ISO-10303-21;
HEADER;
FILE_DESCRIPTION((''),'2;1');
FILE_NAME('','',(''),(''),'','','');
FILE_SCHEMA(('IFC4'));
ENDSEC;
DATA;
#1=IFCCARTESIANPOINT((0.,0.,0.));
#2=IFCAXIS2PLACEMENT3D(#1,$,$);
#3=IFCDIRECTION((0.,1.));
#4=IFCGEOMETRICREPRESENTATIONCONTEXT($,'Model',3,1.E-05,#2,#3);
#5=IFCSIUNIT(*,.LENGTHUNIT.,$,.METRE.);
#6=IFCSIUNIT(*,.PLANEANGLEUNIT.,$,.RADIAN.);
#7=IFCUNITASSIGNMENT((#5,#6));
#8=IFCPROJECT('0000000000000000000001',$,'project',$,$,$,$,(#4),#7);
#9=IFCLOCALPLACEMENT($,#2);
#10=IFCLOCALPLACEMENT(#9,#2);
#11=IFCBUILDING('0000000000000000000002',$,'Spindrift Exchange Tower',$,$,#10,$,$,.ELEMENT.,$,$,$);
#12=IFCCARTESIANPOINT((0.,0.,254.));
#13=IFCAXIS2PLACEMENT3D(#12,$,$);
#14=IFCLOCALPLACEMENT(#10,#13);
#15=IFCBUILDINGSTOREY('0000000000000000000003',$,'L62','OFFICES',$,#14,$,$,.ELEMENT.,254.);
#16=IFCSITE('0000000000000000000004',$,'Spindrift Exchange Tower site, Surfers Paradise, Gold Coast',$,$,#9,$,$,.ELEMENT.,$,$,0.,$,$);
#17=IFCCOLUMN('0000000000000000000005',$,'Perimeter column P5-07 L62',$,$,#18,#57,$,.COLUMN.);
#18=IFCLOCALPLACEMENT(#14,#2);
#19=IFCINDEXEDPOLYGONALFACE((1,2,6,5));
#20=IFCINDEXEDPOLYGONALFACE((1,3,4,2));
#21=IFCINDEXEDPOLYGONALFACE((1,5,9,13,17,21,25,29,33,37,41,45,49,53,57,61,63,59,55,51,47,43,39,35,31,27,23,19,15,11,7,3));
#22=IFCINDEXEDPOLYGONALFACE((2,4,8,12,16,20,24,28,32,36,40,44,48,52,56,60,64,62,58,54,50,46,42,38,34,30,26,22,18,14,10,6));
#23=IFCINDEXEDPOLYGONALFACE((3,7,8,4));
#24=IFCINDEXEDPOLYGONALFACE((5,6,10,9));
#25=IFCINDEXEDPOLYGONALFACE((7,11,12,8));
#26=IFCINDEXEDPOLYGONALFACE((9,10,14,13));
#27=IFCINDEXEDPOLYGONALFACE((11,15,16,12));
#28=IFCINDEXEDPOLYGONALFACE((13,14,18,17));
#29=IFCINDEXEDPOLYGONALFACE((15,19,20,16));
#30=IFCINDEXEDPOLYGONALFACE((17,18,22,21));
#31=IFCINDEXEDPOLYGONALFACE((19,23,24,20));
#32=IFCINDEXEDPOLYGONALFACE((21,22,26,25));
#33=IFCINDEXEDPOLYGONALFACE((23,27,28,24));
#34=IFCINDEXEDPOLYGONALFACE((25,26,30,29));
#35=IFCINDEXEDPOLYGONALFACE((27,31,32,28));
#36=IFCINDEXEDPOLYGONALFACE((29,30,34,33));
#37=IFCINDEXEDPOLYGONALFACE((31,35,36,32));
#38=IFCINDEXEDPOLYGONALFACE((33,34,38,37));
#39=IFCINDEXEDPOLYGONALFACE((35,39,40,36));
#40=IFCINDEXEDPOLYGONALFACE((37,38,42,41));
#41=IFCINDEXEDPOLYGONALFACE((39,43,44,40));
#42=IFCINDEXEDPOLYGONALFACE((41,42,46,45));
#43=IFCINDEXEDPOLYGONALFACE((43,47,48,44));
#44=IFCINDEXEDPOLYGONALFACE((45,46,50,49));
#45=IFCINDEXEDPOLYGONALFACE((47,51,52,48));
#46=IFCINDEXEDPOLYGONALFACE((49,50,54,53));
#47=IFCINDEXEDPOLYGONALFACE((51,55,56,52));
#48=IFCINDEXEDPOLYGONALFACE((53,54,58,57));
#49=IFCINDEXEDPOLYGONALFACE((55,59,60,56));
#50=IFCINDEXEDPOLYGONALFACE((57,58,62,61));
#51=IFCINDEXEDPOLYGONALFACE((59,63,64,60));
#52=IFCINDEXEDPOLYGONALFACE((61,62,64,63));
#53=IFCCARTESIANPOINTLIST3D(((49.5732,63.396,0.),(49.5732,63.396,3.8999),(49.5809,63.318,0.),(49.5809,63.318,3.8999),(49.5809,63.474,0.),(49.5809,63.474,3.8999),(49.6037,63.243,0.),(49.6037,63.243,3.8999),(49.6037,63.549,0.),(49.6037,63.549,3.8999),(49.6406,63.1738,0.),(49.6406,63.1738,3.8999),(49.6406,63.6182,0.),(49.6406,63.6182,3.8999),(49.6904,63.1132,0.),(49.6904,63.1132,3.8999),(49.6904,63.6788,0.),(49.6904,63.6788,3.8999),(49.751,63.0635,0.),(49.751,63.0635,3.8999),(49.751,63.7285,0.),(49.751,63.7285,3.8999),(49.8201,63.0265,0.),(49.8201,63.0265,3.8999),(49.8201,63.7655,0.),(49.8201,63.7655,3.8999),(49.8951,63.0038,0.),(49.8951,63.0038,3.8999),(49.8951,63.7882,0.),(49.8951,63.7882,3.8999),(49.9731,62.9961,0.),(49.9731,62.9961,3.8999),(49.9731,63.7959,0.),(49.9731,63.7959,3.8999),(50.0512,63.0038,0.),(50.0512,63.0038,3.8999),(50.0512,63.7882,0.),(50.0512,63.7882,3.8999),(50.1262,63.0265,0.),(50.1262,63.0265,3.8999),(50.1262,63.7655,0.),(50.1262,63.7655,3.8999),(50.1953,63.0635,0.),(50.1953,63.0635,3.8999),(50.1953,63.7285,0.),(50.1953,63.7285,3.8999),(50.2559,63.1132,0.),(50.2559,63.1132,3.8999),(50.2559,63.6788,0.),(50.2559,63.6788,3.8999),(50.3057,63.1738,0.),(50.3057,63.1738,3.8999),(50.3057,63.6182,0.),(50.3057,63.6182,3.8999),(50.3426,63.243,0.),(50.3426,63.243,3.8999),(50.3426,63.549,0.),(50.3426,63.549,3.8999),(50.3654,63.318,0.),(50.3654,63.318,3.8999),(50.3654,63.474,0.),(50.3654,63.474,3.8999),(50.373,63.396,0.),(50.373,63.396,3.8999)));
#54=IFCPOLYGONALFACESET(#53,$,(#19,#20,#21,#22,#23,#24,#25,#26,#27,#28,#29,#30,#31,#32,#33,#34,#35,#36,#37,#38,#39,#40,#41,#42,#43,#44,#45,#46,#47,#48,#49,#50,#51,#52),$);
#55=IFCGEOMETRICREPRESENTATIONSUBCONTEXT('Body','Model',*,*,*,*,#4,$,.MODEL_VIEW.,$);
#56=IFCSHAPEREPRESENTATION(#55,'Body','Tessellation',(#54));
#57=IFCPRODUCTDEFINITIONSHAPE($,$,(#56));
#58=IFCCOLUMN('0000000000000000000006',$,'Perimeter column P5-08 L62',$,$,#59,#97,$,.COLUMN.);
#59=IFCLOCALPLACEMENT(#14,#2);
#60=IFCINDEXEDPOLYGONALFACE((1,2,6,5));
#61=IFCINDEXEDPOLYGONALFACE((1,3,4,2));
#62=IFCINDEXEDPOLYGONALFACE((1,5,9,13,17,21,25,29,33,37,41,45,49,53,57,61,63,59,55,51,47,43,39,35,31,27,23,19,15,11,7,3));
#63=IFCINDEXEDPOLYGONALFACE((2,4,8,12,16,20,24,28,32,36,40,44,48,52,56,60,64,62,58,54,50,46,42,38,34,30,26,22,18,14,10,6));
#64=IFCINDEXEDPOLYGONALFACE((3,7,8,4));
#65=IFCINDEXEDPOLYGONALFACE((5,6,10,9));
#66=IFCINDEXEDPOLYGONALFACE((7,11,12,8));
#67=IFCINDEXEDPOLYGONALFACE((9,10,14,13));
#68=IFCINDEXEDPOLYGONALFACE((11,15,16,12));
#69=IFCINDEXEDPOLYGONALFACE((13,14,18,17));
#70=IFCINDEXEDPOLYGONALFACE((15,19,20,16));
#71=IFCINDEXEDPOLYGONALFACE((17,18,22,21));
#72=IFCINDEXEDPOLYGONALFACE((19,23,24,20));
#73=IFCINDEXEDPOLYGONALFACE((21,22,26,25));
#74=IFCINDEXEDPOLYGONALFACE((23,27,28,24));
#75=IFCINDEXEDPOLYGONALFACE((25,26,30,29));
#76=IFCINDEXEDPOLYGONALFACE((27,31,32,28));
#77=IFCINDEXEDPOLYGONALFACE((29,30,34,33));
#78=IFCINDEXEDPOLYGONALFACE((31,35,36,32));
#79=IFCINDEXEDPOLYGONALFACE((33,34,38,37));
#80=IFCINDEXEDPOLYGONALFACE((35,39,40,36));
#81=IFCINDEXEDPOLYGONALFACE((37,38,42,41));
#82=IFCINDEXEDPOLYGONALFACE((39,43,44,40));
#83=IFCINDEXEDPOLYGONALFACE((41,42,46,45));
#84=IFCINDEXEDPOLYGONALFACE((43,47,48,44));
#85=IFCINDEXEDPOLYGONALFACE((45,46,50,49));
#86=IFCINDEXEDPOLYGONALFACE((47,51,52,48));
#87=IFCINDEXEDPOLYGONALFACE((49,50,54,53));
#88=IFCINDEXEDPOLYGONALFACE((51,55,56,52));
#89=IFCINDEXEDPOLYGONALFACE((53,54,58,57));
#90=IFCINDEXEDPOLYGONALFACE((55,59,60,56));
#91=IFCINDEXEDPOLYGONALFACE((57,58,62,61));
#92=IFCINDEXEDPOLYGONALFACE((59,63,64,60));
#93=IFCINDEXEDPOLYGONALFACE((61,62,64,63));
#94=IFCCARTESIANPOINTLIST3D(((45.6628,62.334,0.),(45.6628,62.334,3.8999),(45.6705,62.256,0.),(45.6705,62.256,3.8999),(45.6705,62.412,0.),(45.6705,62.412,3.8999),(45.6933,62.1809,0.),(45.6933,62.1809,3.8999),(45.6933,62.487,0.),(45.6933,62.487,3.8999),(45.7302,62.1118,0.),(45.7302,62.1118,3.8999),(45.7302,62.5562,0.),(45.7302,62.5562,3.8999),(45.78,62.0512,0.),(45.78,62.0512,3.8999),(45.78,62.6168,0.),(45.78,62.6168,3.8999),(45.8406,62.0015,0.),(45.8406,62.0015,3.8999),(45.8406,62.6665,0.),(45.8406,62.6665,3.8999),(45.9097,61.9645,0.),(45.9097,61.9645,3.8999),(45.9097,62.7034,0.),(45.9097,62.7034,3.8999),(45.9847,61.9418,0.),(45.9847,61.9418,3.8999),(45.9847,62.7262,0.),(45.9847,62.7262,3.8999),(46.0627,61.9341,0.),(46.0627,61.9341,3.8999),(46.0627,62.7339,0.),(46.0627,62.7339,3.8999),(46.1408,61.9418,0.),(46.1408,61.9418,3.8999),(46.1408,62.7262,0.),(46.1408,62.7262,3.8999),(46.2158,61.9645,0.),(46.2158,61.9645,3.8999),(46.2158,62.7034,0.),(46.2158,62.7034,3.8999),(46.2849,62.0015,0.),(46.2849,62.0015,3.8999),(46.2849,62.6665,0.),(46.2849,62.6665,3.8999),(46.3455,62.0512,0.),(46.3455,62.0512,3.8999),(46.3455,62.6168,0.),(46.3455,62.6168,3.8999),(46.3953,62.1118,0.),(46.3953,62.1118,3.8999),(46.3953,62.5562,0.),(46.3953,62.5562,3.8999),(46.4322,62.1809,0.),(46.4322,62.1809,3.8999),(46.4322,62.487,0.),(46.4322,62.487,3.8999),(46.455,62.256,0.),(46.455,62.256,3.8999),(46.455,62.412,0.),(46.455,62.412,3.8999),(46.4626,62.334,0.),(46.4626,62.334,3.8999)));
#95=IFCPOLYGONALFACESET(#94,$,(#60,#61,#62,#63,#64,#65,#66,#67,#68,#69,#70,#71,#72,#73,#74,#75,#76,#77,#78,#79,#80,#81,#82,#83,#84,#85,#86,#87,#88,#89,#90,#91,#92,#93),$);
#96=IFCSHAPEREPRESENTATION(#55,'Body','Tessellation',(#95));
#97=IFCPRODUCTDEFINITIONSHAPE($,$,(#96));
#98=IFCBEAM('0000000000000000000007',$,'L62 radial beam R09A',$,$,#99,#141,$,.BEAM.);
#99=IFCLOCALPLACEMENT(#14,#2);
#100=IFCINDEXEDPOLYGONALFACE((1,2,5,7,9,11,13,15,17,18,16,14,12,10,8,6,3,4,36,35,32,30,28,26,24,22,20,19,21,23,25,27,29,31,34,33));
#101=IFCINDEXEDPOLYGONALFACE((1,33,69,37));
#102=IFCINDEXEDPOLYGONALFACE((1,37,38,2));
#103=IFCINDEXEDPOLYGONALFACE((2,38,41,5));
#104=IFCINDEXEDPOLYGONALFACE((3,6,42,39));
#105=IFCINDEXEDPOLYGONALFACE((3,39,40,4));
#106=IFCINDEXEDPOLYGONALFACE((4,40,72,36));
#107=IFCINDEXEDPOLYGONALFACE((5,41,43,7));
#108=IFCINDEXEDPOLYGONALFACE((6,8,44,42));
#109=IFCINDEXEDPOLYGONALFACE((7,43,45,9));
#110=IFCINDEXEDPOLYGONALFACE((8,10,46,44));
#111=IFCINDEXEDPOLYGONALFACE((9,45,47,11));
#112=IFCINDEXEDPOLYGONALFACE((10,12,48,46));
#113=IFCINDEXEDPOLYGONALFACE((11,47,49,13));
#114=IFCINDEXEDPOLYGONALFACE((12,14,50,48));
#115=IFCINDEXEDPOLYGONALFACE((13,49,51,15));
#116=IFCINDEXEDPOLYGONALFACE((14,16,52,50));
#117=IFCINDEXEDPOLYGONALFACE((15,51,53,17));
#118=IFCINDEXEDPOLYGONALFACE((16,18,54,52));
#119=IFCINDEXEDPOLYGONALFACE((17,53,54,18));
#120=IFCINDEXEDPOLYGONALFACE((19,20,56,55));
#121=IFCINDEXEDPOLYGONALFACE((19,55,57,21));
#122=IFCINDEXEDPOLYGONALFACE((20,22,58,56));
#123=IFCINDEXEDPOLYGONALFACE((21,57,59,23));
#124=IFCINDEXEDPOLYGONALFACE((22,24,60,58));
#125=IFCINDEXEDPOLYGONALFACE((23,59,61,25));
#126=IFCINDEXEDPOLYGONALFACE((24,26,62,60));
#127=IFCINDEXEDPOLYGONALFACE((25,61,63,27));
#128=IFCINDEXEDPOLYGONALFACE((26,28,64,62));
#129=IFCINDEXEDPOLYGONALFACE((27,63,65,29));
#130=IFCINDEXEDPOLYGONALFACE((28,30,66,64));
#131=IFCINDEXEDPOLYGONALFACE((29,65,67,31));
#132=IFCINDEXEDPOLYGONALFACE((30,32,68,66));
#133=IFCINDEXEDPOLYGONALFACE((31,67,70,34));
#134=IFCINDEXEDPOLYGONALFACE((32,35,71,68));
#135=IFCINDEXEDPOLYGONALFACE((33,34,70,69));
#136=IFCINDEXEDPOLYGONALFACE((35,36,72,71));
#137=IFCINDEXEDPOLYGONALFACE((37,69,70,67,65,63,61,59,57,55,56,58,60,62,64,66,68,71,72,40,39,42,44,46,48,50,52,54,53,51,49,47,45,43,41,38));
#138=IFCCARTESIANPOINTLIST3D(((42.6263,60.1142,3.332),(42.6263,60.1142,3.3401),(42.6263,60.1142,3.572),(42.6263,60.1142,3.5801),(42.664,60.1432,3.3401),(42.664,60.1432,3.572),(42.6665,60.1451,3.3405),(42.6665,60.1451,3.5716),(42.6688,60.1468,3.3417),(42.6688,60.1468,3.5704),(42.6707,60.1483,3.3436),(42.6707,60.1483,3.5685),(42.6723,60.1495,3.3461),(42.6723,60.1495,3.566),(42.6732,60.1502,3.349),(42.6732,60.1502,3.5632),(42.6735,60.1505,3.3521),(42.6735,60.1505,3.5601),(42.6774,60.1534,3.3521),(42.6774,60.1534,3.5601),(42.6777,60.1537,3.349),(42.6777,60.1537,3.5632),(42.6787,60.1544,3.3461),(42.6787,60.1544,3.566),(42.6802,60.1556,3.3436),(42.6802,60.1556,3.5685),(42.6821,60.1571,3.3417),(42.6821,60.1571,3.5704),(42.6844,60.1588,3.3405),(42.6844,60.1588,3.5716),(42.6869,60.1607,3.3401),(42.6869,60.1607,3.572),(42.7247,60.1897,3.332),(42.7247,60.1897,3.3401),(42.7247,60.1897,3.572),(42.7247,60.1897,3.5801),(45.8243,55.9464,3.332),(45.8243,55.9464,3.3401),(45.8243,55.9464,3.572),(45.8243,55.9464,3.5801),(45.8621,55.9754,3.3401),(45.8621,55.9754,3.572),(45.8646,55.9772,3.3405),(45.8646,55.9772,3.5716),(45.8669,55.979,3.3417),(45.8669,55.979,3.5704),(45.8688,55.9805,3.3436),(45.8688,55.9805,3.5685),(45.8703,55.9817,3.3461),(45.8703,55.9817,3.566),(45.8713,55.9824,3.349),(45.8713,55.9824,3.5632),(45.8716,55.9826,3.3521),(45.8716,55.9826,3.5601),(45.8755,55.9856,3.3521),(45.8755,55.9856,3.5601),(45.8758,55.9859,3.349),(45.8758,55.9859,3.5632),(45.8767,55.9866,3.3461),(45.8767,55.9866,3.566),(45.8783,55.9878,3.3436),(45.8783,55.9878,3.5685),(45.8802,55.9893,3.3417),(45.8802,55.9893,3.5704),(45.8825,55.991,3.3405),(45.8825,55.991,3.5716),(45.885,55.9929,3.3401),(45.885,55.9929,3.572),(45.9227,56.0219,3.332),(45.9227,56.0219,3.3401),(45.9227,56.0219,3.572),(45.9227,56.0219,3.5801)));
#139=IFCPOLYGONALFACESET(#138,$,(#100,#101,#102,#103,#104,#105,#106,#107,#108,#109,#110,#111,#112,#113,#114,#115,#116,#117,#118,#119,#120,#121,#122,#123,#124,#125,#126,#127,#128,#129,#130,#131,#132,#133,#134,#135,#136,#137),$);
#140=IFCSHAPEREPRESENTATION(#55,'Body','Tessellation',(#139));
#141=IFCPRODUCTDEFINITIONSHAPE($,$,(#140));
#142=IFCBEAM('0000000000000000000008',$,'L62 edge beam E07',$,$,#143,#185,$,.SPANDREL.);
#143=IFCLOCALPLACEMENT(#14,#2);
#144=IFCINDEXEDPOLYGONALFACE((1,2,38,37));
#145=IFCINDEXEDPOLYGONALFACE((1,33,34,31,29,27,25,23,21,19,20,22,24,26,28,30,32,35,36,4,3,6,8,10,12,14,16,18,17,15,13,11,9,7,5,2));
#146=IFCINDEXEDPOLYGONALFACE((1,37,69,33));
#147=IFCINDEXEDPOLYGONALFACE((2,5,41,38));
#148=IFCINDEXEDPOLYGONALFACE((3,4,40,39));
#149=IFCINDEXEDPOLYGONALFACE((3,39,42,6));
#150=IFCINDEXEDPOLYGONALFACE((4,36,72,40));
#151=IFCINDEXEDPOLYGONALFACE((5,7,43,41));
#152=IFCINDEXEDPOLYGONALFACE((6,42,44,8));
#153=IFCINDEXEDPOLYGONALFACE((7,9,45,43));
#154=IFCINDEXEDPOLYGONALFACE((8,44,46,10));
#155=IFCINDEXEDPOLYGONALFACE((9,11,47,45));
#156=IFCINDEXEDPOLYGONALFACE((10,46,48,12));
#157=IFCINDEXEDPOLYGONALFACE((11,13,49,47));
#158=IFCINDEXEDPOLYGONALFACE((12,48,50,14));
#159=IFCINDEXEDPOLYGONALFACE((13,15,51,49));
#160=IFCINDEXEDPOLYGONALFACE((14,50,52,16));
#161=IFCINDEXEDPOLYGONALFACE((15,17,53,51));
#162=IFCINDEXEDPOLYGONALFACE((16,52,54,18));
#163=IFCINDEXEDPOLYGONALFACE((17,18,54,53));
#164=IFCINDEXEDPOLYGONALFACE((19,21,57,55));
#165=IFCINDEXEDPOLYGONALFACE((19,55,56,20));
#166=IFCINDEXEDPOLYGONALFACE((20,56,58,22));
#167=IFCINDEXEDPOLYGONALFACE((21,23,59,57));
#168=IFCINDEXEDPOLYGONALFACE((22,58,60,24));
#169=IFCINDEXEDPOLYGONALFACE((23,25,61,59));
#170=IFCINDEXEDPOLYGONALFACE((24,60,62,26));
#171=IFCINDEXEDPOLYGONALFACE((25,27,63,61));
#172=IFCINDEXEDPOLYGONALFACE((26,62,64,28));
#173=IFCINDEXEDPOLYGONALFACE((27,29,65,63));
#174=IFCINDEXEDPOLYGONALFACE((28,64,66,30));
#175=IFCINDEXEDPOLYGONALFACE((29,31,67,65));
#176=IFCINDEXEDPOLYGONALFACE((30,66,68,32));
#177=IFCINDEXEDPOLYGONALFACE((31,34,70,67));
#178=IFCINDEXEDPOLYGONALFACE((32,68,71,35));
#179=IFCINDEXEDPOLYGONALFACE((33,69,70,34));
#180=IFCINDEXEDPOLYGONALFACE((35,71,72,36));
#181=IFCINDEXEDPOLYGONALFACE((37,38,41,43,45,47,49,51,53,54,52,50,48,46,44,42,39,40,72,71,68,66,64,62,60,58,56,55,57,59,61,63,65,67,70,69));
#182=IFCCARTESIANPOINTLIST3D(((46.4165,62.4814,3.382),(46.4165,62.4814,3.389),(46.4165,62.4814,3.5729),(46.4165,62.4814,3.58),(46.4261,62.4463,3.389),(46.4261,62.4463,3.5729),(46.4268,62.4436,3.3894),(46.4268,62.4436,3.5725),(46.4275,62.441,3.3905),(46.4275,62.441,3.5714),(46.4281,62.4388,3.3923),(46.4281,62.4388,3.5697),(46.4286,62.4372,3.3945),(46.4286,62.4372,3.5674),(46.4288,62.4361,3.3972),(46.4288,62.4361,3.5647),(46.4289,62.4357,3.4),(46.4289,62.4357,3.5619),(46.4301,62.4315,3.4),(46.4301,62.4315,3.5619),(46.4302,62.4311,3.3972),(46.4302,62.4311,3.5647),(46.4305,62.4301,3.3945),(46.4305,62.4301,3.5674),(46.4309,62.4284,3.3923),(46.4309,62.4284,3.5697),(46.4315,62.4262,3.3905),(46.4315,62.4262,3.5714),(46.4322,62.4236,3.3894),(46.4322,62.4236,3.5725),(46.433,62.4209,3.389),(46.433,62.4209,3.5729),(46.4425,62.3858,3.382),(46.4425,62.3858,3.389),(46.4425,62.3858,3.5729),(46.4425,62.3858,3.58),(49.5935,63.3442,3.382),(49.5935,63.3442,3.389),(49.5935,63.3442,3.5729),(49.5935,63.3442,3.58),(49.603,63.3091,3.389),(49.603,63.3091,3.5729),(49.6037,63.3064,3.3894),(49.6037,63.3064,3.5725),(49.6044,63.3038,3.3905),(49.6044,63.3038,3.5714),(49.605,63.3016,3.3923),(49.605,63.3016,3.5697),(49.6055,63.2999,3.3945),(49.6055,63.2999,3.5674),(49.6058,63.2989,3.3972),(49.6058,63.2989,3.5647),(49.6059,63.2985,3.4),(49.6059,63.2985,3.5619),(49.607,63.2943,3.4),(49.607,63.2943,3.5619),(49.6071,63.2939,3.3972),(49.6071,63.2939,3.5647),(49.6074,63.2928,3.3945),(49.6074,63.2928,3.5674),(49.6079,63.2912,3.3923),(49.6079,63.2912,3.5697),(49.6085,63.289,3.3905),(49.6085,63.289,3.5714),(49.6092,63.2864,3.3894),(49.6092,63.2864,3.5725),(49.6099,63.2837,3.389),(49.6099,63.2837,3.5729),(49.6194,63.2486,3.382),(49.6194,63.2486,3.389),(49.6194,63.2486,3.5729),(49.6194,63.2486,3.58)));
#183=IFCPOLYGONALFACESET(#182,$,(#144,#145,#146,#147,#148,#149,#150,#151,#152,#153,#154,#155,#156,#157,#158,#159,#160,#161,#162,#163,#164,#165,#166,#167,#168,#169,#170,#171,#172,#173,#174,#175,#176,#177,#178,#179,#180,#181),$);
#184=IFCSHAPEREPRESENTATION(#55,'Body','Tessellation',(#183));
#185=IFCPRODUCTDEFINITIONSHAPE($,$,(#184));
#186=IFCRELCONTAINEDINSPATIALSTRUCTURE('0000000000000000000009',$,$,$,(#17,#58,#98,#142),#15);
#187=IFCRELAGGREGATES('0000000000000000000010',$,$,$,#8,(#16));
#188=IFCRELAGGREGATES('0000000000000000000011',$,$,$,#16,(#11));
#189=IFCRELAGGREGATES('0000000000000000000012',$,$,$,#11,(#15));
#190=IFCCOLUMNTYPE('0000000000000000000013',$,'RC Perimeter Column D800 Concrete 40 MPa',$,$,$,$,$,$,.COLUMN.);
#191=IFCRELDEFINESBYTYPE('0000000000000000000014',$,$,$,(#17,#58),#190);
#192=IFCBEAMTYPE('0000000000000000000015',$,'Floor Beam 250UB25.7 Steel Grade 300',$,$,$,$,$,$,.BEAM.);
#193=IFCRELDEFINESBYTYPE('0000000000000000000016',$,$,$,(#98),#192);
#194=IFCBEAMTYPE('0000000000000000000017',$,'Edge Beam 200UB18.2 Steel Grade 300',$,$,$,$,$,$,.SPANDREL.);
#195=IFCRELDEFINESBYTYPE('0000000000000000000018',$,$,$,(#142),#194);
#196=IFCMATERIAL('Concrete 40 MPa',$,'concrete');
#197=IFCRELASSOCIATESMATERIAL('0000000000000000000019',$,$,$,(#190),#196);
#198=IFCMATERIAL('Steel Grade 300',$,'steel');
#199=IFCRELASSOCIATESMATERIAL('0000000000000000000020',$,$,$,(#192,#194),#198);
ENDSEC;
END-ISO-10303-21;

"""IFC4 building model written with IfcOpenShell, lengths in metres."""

from ifc_helpers import new_model, si_unit, direction, frame, origin, origin_2d, place, context, subcontext, project, spatial, circle, i_section, extrude, source, transform, mapped, material, material_profile, profile_set, type_object, element, save


model = new_model("IFC4")

# Units and contexts
model_context = context("Model", 3, precision=1e-05, world=origin(), true_north=direction((0.0, 1.0)))
body_context = subcontext(model_context, "Body", "Model", "MODEL_VIEW")
ifc_project = project(units=[si_unit("LENGTHUNIT", "METRE"), si_unit("PLANEANGLEUNIT", "RADIAN")], contexts=[model_context])

# Site, building, storey
site_placement = place(None, origin())
site = spatial("IfcSite", under=ifc_project, at=site_placement, Name="Spindrift Exchange Tower site, Surfers Paradise, Gold Coast", CompositionType="ELEMENT", RefElevation=0.0)
building_placement = place(site_placement, origin())
building = spatial("IfcBuilding", under=site, at=building_placement, Name="Spindrift Exchange Tower", CompositionType="ELEMENT")
storey_placement = place(building_placement, frame((0.0, 0.0, 254.0)))
storey = spatial("IfcBuildingStorey", under=building, at=storey_placement, Name="L62", Description="OFFICES", CompositionType="ELEMENT", Elevation=254.0)

# Columns
ifc_material_1 = material(Name="Concrete 40 MPa", Category="concrete")
ifc_material_profile_1 = material_profile(ifc_material_1, circle(Radius=0.3999, at=origin_2d()), Name="RC D800")
ifc_profile_set_1 = profile_set([ifc_material_profile_1], Name="Concrete 40 MPa")
column_type = type_object("IfcColumnType", Name="RC Perimeter Column D800 Concrete 40 MPa", PredefinedType="COLUMN", material=ifc_profile_set_1)
shared_shape_1 = source(origin(), body_context, "Body", "SweptSolid", [
    extrude(circle(Radius=0.3999, at=origin_2d()), origin(), (0.0, 0.0, 1.0), 3.8999),
])
for number, where, z_axis, x_axis, name in (
    (1, (49.9731, 63.396, 0.0), (0.0, 0.0, 1.0), (1.0, 0.0, 0.0), "Perimeter column P5-07 L62"),
    (2, (46.0627, 62.334, 0.0), (0.0, 0.0, 1.0), (1.0, 0.0, 0.0), "Perimeter column P5-08 L62"),
):
    element("IfcColumn", number, at=place(storey_placement, frame(where, z_axis=z_axis, x_axis=x_axis)), inside=storey, type_object=column_type, Name=name, PredefinedType="COLUMN", context=body_context, shape_type="MappedRepresentation", body=[
        mapped(shared_shape_1, transform((0.0, 0.0, 0.0), scale=1.0)),
    ])

# Beams
ifc_material_2 = material(Name="Steel Grade 300", Category="steel")
ifc_material_profile_2 = material_profile(ifc_material_2, i_section(OverallWidth=0.124, OverallDepth=0.248, WebThickness=0.0049, FlangeThickness=0.0081, FilletRadius=0.012, at=origin_2d()), Name="250UB25.7")
ifc_profile_set_2 = profile_set([ifc_material_profile_2], Name="Steel Grade 300")
beam_type_1 = type_object("IfcBeamType", Name="Floor Beam 250UB25.7 Steel Grade 300", PredefinedType="BEAM", material=ifc_profile_set_2)
shared_shape_2 = source(origin(), body_context, "Body", "SweptSolid", [
    extrude(i_section(OverallWidth=0.124, OverallDepth=0.248, WebThickness=0.0049, FlangeThickness=0.0081, FilletRadius=0.012, at=origin_2d()), origin(), (0.0, 0.0, 1.0), 5.2534),
])
beam_1_placement = place(storey_placement, frame((45.8735, 55.9841, 3.4561), z_axis=(-0.60876, 0.793354, 0.0), x_axis=(-0.793354, -0.60876, 0.0)))
element("IfcBeam", 3, at=beam_1_placement, inside=storey, type_object=beam_type_1, Name="L62 radial beam R09A", PredefinedType="BEAM", context=body_context, shape_type="MappedRepresentation", body=[
    mapped(shared_shape_2, transform((0.0, 0.0, 0.0), scale=1.0)),
])
ifc_material_profile_3 = material_profile(ifc_material_2, i_section(OverallWidth=0.0991, OverallDepth=0.198, WebThickness=0.0044, FlangeThickness=0.0071, FilletRadius=0.011, at=origin_2d()), Name="200UB18.2")
ifc_profile_set_3 = profile_set([ifc_material_profile_3], Name="Steel Grade 300")
beam_type_2 = type_object("IfcBeamType", Name="Edge Beam 200UB18.2 Steel Grade 300", PredefinedType="SPANDREL", material=ifc_profile_set_3)
shared_shape_3 = source(origin(), body_context, "Body", "SweptSolid", [
    extrude(i_section(OverallWidth=0.0991, OverallDepth=0.198, WebThickness=0.0044, FlangeThickness=0.0071, FilletRadius=0.011, at=origin_2d()), origin(), (0.0, 0.0, 1.0), 3.292),
])
beam_2_placement = place(storey_placement, frame((49.6064, 63.2964, 3.481), z_axis=(-0.965046, -0.262082, 0.0), x_axis=(0.262082, -0.965046, 0.0)))
element("IfcBeam", 4, at=beam_2_placement, inside=storey, type_object=beam_type_2, Name="L62 edge beam E07", PredefinedType="SPANDREL", context=body_context, shape_type="MappedRepresentation", body=[
    mapped(shared_shape_3, transform((0.0, 0.0, 0.0), scale=1.0)),
])

save(model, "model.ifc")
